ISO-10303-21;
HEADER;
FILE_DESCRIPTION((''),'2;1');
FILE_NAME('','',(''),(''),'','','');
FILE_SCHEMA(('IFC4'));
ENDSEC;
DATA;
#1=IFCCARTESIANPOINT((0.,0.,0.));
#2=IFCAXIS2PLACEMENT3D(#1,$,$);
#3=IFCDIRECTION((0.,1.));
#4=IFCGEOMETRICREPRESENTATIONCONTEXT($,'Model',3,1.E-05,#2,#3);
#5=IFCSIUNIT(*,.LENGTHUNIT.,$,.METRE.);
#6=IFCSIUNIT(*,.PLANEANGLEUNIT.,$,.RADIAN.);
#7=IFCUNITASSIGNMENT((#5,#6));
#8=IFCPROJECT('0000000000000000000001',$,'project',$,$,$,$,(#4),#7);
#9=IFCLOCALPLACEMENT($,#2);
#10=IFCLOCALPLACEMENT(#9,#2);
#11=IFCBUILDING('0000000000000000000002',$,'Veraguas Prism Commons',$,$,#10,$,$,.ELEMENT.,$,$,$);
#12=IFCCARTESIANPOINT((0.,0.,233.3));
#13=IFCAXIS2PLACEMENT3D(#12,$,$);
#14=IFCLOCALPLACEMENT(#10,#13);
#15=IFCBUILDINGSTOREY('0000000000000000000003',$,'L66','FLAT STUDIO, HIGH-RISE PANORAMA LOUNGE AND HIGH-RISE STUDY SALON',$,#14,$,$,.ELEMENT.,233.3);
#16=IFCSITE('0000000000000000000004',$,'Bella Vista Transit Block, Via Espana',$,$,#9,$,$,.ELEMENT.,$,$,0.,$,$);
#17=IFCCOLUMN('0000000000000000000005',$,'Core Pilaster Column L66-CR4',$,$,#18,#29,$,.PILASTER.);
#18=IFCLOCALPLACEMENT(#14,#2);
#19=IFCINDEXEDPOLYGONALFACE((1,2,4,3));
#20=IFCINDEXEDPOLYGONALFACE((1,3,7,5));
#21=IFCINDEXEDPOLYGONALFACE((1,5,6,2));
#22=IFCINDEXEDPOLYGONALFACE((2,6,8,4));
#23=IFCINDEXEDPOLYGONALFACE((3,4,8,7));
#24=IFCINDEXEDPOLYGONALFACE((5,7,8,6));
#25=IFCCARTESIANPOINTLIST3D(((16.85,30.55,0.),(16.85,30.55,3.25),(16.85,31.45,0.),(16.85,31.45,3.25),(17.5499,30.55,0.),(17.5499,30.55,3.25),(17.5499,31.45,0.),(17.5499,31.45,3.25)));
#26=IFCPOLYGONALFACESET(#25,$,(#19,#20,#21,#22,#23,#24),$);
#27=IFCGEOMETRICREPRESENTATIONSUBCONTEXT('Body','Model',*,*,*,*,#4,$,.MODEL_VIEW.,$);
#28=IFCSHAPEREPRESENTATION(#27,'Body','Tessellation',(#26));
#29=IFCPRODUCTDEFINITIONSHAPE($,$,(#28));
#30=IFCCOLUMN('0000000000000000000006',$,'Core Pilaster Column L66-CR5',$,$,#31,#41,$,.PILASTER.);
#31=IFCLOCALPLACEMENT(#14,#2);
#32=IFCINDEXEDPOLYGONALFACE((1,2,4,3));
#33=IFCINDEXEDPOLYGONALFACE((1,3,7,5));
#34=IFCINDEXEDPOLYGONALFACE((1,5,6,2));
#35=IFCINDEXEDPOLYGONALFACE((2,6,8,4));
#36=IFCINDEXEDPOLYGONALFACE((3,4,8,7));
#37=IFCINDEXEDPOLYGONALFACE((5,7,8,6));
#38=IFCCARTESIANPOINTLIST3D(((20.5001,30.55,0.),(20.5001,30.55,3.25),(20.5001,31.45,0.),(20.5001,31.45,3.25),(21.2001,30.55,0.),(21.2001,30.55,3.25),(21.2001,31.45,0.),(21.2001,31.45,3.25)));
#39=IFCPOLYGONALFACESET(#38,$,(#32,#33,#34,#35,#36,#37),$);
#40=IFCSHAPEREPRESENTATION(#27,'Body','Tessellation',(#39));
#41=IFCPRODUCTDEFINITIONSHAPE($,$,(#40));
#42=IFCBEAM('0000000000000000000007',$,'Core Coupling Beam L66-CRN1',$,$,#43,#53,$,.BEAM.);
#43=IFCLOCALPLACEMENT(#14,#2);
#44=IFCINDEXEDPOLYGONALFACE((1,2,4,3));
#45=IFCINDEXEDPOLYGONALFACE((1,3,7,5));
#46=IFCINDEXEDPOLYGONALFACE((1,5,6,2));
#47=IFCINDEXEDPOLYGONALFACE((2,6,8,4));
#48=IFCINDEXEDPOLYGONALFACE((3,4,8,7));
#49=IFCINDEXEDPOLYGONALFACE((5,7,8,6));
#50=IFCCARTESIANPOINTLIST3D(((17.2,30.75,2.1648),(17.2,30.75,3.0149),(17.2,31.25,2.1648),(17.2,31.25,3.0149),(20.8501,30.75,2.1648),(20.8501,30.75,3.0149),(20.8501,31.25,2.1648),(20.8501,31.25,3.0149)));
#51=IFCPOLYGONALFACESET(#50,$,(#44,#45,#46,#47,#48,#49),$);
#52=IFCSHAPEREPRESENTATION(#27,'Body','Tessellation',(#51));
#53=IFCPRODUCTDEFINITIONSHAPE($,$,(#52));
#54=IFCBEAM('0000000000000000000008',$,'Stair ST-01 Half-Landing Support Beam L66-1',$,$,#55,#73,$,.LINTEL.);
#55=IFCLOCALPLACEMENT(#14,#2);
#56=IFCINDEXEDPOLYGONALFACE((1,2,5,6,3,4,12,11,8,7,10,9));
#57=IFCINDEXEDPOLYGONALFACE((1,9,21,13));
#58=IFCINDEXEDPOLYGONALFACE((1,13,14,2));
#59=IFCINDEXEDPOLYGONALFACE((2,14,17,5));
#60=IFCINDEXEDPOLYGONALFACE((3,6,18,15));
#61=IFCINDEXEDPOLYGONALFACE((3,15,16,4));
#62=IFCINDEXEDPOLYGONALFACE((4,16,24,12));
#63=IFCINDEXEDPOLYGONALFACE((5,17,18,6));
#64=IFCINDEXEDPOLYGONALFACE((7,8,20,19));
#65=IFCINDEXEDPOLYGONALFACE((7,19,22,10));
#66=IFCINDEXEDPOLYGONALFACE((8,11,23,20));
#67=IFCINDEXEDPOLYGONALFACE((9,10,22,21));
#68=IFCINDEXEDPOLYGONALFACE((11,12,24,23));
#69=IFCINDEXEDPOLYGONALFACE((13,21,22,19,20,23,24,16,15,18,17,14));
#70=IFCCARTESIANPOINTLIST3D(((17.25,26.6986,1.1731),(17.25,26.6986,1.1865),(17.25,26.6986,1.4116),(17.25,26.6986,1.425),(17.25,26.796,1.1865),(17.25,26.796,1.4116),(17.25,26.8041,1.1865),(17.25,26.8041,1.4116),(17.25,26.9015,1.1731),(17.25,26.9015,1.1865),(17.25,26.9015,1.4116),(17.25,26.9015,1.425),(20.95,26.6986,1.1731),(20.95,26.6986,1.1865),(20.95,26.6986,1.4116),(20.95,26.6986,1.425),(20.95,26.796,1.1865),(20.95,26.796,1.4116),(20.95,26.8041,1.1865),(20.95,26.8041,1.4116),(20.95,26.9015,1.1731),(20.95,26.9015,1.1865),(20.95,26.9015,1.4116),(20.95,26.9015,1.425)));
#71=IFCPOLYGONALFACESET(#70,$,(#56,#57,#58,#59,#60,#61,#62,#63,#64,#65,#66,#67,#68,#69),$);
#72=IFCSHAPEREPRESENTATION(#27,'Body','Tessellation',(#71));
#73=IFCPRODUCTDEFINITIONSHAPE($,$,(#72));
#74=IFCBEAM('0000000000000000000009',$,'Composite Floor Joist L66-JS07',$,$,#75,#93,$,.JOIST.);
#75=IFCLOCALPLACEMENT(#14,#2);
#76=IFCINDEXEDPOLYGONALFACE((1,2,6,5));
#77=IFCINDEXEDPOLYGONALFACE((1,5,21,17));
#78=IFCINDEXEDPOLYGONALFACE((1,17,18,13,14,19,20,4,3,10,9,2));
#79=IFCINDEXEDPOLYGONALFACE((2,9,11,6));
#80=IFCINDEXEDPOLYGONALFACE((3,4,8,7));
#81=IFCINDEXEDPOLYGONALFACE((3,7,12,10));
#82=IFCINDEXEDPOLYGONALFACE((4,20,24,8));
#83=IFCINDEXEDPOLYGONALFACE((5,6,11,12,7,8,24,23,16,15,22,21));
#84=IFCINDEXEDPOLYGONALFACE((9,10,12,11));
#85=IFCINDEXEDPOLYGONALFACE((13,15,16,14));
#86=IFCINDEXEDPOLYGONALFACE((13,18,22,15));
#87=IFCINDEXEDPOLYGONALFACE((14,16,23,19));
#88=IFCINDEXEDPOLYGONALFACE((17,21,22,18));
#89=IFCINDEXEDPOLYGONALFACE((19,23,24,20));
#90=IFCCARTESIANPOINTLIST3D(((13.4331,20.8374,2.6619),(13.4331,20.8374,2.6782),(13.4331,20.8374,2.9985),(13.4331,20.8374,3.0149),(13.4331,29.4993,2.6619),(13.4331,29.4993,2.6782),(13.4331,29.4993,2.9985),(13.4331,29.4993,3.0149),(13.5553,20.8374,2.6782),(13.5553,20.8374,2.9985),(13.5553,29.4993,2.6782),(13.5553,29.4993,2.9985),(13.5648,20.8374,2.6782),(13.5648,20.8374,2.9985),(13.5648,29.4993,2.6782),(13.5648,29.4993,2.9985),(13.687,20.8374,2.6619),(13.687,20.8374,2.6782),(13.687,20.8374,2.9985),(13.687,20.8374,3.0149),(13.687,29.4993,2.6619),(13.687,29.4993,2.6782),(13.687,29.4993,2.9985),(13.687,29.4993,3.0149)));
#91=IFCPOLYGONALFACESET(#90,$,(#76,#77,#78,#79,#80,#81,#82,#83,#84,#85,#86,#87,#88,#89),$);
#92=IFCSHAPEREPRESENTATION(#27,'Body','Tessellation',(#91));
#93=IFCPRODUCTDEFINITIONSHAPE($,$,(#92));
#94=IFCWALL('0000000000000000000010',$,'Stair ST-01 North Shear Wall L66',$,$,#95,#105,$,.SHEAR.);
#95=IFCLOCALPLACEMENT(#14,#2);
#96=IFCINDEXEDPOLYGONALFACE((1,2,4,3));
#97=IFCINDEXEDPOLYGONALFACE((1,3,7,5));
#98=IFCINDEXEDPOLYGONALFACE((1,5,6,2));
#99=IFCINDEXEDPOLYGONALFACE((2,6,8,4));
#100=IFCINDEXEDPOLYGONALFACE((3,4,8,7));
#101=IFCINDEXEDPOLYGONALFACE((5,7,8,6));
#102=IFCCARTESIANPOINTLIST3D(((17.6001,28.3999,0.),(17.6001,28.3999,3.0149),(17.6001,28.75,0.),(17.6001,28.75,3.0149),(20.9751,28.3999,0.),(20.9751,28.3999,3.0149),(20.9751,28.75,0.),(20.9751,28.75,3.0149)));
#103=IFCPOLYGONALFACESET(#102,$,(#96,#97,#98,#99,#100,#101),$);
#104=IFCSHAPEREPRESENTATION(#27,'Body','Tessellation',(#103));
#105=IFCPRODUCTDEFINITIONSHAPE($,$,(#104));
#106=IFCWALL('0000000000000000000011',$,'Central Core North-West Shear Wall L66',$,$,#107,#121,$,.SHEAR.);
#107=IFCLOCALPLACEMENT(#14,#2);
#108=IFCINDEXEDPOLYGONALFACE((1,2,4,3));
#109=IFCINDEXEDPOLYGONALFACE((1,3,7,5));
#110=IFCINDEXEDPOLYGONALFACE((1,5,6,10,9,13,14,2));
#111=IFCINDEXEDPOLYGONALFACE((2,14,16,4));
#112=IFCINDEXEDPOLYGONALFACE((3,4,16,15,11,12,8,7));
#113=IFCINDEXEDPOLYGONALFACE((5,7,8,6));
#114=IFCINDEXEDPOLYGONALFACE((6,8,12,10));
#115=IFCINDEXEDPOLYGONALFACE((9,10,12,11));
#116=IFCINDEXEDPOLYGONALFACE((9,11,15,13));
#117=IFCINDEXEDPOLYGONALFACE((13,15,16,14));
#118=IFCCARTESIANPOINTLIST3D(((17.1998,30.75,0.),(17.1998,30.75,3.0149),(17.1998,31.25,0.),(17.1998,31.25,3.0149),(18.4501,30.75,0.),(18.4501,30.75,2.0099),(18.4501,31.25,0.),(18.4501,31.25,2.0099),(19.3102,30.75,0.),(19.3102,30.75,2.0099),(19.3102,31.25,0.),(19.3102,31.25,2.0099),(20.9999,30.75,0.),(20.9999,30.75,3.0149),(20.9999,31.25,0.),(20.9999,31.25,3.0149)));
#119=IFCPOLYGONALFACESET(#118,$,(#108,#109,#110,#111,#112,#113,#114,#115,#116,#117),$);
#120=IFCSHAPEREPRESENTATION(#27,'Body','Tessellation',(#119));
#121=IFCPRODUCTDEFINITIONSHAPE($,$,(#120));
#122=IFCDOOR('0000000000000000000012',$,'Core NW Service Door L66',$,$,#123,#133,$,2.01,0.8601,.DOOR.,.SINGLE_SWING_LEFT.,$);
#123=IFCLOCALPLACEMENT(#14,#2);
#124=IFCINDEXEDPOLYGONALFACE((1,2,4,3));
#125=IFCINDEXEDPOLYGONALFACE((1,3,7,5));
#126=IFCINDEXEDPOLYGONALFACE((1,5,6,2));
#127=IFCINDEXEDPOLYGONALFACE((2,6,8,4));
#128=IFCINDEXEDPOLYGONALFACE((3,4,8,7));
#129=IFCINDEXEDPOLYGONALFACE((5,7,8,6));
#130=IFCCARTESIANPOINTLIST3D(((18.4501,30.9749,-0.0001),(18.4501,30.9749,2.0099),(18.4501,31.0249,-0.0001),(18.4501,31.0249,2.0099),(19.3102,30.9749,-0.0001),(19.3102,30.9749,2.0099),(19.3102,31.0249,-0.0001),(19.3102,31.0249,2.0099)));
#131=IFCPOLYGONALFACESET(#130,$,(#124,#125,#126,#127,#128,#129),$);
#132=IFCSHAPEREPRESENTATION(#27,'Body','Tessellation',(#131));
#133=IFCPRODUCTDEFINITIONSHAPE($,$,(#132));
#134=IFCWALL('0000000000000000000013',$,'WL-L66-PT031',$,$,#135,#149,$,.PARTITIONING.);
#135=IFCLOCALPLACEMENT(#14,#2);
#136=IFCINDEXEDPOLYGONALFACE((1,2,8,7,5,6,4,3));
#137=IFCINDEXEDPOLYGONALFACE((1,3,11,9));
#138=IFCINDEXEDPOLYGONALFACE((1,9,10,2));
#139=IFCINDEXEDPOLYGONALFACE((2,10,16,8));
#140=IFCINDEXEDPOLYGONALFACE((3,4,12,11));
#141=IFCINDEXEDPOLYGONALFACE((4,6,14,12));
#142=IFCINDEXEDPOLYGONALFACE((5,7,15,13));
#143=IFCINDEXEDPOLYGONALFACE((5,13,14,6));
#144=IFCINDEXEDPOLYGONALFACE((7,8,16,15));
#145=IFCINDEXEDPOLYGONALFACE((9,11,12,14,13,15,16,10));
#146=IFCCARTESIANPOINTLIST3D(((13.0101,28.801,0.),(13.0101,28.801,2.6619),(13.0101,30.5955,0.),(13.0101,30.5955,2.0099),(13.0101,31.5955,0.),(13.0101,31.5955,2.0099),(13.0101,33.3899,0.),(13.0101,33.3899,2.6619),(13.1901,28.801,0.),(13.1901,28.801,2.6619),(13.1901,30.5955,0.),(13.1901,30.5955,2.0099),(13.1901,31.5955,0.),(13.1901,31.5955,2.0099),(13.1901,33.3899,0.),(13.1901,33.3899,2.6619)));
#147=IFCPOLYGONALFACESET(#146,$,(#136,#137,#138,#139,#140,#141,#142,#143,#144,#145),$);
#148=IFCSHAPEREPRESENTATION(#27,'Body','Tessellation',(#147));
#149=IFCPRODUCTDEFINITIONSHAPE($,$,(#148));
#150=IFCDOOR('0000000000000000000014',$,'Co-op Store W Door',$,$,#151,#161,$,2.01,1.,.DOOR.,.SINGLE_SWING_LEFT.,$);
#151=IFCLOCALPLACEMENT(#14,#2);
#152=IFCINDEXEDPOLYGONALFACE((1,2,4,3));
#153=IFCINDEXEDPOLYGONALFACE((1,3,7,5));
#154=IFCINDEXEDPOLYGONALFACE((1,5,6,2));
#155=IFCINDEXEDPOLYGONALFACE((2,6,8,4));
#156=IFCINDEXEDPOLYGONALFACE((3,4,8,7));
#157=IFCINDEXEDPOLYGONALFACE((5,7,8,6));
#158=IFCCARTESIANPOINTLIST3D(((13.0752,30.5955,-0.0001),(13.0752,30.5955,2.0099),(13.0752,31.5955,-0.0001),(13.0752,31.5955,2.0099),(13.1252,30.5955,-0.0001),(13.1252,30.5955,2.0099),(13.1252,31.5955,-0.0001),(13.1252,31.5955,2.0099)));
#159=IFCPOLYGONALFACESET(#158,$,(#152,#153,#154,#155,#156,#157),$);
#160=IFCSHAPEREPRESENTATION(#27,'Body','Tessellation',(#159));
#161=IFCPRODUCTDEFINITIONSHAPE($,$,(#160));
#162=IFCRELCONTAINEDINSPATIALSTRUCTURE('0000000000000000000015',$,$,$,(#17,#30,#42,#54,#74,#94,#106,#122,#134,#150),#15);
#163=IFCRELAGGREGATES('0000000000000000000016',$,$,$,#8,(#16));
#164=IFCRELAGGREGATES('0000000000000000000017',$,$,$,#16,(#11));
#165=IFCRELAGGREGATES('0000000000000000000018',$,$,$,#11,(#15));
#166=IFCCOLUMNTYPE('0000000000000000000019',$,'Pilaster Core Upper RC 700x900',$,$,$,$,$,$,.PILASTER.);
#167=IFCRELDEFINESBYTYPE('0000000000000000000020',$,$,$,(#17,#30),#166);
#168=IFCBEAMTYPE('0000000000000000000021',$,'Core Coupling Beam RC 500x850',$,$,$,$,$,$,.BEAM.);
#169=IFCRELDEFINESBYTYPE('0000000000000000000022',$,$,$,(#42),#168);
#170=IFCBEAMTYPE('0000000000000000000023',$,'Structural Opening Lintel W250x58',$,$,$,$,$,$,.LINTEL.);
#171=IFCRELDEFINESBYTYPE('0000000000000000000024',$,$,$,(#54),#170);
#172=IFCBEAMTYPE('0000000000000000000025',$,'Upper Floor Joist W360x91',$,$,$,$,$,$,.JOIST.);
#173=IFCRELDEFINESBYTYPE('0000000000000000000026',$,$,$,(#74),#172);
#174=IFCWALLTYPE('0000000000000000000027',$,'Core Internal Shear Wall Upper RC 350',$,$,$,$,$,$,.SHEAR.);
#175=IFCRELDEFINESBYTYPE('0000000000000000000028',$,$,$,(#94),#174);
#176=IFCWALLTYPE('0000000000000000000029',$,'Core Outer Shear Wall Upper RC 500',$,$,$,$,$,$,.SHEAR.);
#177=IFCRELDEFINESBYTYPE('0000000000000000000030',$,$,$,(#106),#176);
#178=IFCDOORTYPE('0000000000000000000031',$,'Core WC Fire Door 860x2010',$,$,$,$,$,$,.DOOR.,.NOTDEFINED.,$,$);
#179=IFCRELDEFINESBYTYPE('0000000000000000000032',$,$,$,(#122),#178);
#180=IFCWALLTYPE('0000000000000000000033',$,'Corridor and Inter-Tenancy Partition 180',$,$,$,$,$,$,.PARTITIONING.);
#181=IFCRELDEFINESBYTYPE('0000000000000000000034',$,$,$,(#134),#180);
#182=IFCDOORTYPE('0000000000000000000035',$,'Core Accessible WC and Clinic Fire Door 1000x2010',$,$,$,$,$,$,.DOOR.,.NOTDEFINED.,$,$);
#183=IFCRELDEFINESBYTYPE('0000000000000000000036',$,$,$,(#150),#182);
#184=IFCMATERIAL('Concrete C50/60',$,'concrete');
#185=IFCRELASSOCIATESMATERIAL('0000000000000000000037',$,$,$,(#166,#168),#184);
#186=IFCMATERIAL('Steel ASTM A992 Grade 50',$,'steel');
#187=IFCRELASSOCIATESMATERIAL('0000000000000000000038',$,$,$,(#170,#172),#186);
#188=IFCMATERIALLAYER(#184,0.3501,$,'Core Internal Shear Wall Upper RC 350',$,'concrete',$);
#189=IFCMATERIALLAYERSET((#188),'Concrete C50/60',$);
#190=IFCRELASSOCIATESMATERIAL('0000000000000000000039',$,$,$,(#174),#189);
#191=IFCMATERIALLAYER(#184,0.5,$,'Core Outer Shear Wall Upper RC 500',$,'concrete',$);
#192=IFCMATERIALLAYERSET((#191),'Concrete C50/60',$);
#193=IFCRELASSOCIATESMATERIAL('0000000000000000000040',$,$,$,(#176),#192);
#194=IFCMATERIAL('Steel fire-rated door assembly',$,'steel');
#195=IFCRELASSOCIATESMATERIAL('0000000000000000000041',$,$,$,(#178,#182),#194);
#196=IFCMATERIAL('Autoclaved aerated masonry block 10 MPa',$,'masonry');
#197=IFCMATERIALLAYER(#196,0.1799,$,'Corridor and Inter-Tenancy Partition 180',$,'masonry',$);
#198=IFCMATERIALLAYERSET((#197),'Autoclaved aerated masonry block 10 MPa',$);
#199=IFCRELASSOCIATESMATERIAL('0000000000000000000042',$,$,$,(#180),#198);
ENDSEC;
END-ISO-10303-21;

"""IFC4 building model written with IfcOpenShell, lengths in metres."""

from ifc_helpers import new_model, si_unit, direction, frame, frame_2d, origin, origin_2d, place, context, subcontext, project, spatial, rectangle, i_section, extrude, source, transform, mapped, material, layer, layer_set, material_profile, profile_set, type_object, element, fill, save


model = new_model("IFC4")

# Units and contexts
model_context = context("Model", 3, precision=1e-05, world=origin(), true_north=direction((0.0, 1.0)))
body_context = subcontext(model_context, "Body", "Model", "MODEL_VIEW")
ifc_project = project(units=[si_unit("LENGTHUNIT", "METRE"), si_unit("PLANEANGLEUNIT", "RADIAN")], contexts=[model_context])

# Site, building, storey
site_placement = place(None, origin())
site = spatial("IfcSite", under=ifc_project, at=site_placement, Name="Bella Vista Transit Block, Via Espana", CompositionType="ELEMENT", RefElevation=0.0)
building_placement = place(site_placement, origin())
building = spatial("IfcBuilding", under=site, at=building_placement, Name="Veraguas Prism Commons", CompositionType="ELEMENT")
storey_placement = place(building_placement, frame((0.0, 0.0, 233.3)))
storey = spatial("IfcBuildingStorey", under=building, at=storey_placement, Name="L66", Description="FLAT STUDIO, HIGH-RISE PANORAMA LOUNGE AND HIGH-RISE STUDY SALON", CompositionType="ELEMENT", Elevation=233.3)

# Columns
ifc_material_1 = material(Name="Concrete C50/60", Category="concrete")
ifc_material_profile_1 = material_profile(ifc_material_1, rectangle(XDim=0.7, YDim=0.8999, at=origin_2d()), Name="RC700X900")
ifc_profile_set_1 = profile_set([ifc_material_profile_1], Name="Concrete C50/60")
column_type = type_object("IfcColumnType", Name="Pilaster Core Upper RC 700x900", PredefinedType="PILASTER", material=ifc_profile_set_1)
for number, where, z_axis, x_axis, name in (
    (1, (17.2, 31.0, 0.0), (0.0, 0.0, 1.0), (1.0, 0.0, 0.0), "Core Pilaster Column L66-CR4"),
    (2, (20.8501, 31.0, 0.0), (0.0, 0.0, 1.0), (1.0, 0.0, 0.0), "Core Pilaster Column L66-CR5"),
):
    element("IfcColumn", number, at=place(storey_placement, frame(where, z_axis=z_axis, x_axis=x_axis)), inside=storey, type_object=column_type, Name=name, PredefinedType="PILASTER", context=body_context, shape_type="SweptSolid", body=[
        extrude(rectangle(XDim=0.7, YDim=0.8999, at=origin_2d()), origin(), (0.0, 0.0, 1.0), 3.25),
    ])

# Beams
ifc_material_profile_2 = material_profile(ifc_material_1, rectangle(XDim=0.5, YDim=0.8501, at=origin_2d()), Name="RC500X850")
ifc_profile_set_2 = profile_set([ifc_material_profile_2], Name="Concrete C50/60")
beam_type_1 = type_object("IfcBeamType", Name="Core Coupling Beam RC 500x850", PredefinedType="BEAM", material=ifc_profile_set_2)
beam_1_placement = place(storey_placement, frame((17.2, 31.0, 2.5898), z_axis=(1.0, 0.0, 0.0), x_axis=(0.0, 1.0, 0.0)))
element("IfcBeam", 3, at=beam_1_placement, inside=storey, type_object=beam_type_1, Name="Core Coupling Beam L66-CRN1", PredefinedType="BEAM", context=body_context, shape_type="SweptSolid", body=[
    extrude(rectangle(XDim=0.5, YDim=0.8501, at=origin_2d()), origin(), (0.0, 0.0, 1.0), 3.6501),
])
ifc_material_2 = material(Name="Steel ASTM A992 Grade 50", Category="steel")
ifc_material_profile_3 = material_profile(ifc_material_2, i_section(OverallWidth=0.2029, OverallDepth=0.252, WebThickness=0.0081, FlangeThickness=0.0134, at=origin_2d()), Name="W250X58")
ifc_profile_set_3 = profile_set([ifc_material_profile_3], Name="Steel ASTM A992 Grade 50")
beam_type_2 = type_object("IfcBeamType", Name="Structural Opening Lintel W250x58", PredefinedType="LINTEL", material=ifc_profile_set_3)
beam_2_placement = place(storey_placement, frame((17.25, 26.8, 1.2991), z_axis=(1.0, 0.0, 0.0), x_axis=(0.0, 1.0, 0.0)))
element("IfcBeam", 4, at=beam_2_placement, inside=storey, type_object=beam_type_2, Name="Stair ST-01 Half-Landing Support Beam L66-1", PredefinedType="LINTEL", context=body_context, shape_type="SweptSolid", body=[
    extrude(i_section(OverallWidth=0.2029, OverallDepth=0.252, WebThickness=0.0081, FlangeThickness=0.0134, at=origin_2d()), origin(), (0.0, 0.0, 1.0), 3.7),
])
ifc_material_profile_4 = material_profile(ifc_material_2, i_section(OverallWidth=0.2539, OverallDepth=0.353, WebThickness=0.0095, FlangeThickness=0.0164, at=origin_2d()), Name="W360X91")
ifc_profile_set_4 = profile_set([ifc_material_profile_4], Name="Steel ASTM A992 Grade 50")
beam_type_3 = type_object("IfcBeamType", Name="Upper Floor Joist W360x91", PredefinedType="JOIST", material=ifc_profile_set_4)
beam_3_placement = place(storey_placement, frame((13.5601, 29.4993, 2.8384), z_axis=(0.0, -1.0, 0.0), x_axis=(1.0, 0.0, 0.0)))
element("IfcBeam", 5, at=beam_3_placement, inside=storey, type_object=beam_type_3, Name="Composite Floor Joist L66-JS07", PredefinedType="JOIST", context=body_context, shape_type="SweptSolid", body=[
    extrude(i_section(OverallWidth=0.2539, OverallDepth=0.353, WebThickness=0.0095, FlangeThickness=0.0164, at=origin_2d()), origin(), (0.0, 0.0, 1.0), 8.6619),
])

# Wall
ifc_layer_1 = layer(ifc_material_1, 0.3501, Name="Core Internal Shear Wall Upper RC 350", Category="concrete")
ifc_layer_set_1 = layer_set([ifc_layer_1], Name="Concrete C50/60")
wall_type_1 = type_object("IfcWallType", Name="Core Internal Shear Wall Upper RC 350", PredefinedType="SHEAR", material=ifc_layer_set_1)
wall_1_placement = place(storey_placement, frame((17.6001, 28.575, 0.0), z_axis=(0.0, 0.0, 1.0), x_axis=(1.0, 0.0, 0.0)))
element("IfcWall", 6, at=wall_1_placement, inside=storey, type_object=wall_type_1, Name="Stair ST-01 North Shear Wall L66", PredefinedType="SHEAR", context=body_context, shape_type="SweptSolid", body=[
    extrude(rectangle(XDim=3.375, YDim=0.3501, at=frame_2d((1.6875, 0.0))), origin(), (0.0, 0.0, 1.0), 3.0149),
])

# Walls, openings, doors
ifc_layer_2 = layer(ifc_material_1, 0.5, Name="Core Outer Shear Wall Upper RC 500", Category="concrete")
ifc_layer_set_2 = layer_set([ifc_layer_2], Name="Concrete C50/60")
wall_type_2 = type_object("IfcWallType", Name="Core Outer Shear Wall Upper RC 500", PredefinedType="SHEAR", material=ifc_layer_set_2)
wall_2_placement = place(storey_placement, frame((17.2, 31.0, 0.0), z_axis=(0.0, 0.0, 1.0), x_axis=(1.0, 0.0, 0.0)))
wall_2 = element("IfcWall", 7, at=wall_2_placement, inside=storey, type_object=wall_type_2, Name="Central Core North-West Shear Wall L66", PredefinedType="SHEAR", context=body_context, shape_type="SweptSolid", body=[
    extrude(rectangle(XDim=3.8, YDim=0.5, at=frame_2d((1.8999, 0.0))), origin(), (0.0, 0.0, 1.0), 3.0149),
])
opening_1_placement = place(wall_2_placement, frame((1.25, 0.0, 0.0)))
opening_1 = element("IfcOpeningElement", 8, at=opening_1_placement, cuts=wall_2, PredefinedType="OPENING", context=body_context, shape_type="SweptSolid", body=[
    extrude(rectangle(XDim=0.8601, YDim=2.01, at=frame_2d((0.4302, 1.0049))), frame((0.0, 0.26, 0.0), z_axis=(0.0, -1.0, 0.0), x_axis=(1.0, 0.0, 0.0)), (0.0, 0.0, 1.0), 0.52),
])
ifc_material_3 = material(Name="Steel fire-rated door assembly", Category="steel")
door_type_1 = type_object("IfcDoorType", Name="Core WC Fire Door 860x2010", OperationType="NOTDEFINED", PredefinedType="DOOR", material=ifc_material_3)
shared_shape_1 = source(origin(), body_context, "Body", "SweptSolid", [
    extrude(rectangle(XDim=0.8601, YDim=2.01, at=frame_2d((0.4302, 1.0049))), frame((0.0, 0.0249, 0.0), z_axis=(0.0, -1.0, 0.0), x_axis=(1.0, 0.0, 0.0)), (0.0, 0.0, 1.0), 0.05),
])
door_1_placement = place(opening_1_placement, origin())
door_1 = element("IfcDoor", 9, at=door_1_placement, inside=storey, type_object=door_type_1, Name="Core NW Service Door L66", OperationType="SINGLE_SWING_LEFT", OverallHeight=2.01, OverallWidth=0.8601, PredefinedType="DOOR", context=body_context, shape_type="MappedRepresentation", body=[
    mapped(shared_shape_1, transform((0.0, 0.0, 0.0), scale=1.0)),
])
fill(opening_1, door_1)
ifc_material_4 = material(Name="Autoclaved aerated masonry block 10 MPa", Category="masonry")
ifc_layer_3 = layer(ifc_material_4, 0.1799, Name="Corridor and Inter-Tenancy Partition 180", Category="masonry")
ifc_layer_set_3 = layer_set([ifc_layer_3], Name="Autoclaved aerated masonry block 10 MPa")
wall_type_3 = type_object("IfcWallType", Name="Corridor and Inter-Tenancy Partition 180", PredefinedType="PARTITIONING", material=ifc_layer_set_3)
wall_3_placement = place(storey_placement, frame((13.1001, 28.801, 0.0), z_axis=(0.0, 0.0, 1.0), x_axis=(0.0, 1.0, 0.0)))
wall_3 = element("IfcWall", 10, at=wall_3_placement, inside=storey, type_object=wall_type_3, Name="WL-L66-PT031", PredefinedType="PARTITIONING", context=body_context, shape_type="SweptSolid", body=[
    extrude(rectangle(XDim=4.5889, YDim=0.1799, at=frame_2d((2.2944, 0.0))), origin(), (0.0, 0.0, 1.0), 2.6619),
])
opening_2_placement = place(wall_3_placement, frame((1.7944, 0.0, 0.0)))
opening_2 = element("IfcOpeningElement", 11, at=opening_2_placement, cuts=wall_3, PredefinedType="OPENING", context=body_context, shape_type="SweptSolid", body=[
    extrude(rectangle(XDim=1.0, YDim=2.01, at=frame_2d((0.5, 1.0049))), frame((0.0, 0.0999, 0.0), z_axis=(0.0, -1.0, 0.0), x_axis=(1.0, 0.0, 0.0)), (0.0, 0.0, 1.0), 0.2),
])
door_type_2 = type_object("IfcDoorType", Name="Core Accessible WC and Clinic Fire Door 1000x2010", OperationType="NOTDEFINED", PredefinedType="DOOR", material=ifc_material_3)
shared_shape_2 = source(origin(), body_context, "Body", "SweptSolid", [
    extrude(rectangle(XDim=1.0, YDim=2.01, at=frame_2d((0.5, 1.0049))), frame((0.0, 0.0249, 0.0), z_axis=(0.0, -1.0, 0.0), x_axis=(1.0, 0.0, 0.0)), (0.0, 0.0, 1.0), 0.05),
])
door_2_placement = place(opening_2_placement, origin())
door_2 = element("IfcDoor", 12, at=door_2_placement, inside=storey, type_object=door_type_2, Name="Co-op Store W Door", OperationType="SINGLE_SWING_LEFT", OverallHeight=2.01, OverallWidth=1.0, PredefinedType="DOOR", context=body_context, shape_type="MappedRepresentation", body=[
    mapped(shared_shape_2, transform((0.0, 0.0, 0.0), scale=1.0)),
])
fill(opening_2, door_2)

save(model, "model.ifc")
